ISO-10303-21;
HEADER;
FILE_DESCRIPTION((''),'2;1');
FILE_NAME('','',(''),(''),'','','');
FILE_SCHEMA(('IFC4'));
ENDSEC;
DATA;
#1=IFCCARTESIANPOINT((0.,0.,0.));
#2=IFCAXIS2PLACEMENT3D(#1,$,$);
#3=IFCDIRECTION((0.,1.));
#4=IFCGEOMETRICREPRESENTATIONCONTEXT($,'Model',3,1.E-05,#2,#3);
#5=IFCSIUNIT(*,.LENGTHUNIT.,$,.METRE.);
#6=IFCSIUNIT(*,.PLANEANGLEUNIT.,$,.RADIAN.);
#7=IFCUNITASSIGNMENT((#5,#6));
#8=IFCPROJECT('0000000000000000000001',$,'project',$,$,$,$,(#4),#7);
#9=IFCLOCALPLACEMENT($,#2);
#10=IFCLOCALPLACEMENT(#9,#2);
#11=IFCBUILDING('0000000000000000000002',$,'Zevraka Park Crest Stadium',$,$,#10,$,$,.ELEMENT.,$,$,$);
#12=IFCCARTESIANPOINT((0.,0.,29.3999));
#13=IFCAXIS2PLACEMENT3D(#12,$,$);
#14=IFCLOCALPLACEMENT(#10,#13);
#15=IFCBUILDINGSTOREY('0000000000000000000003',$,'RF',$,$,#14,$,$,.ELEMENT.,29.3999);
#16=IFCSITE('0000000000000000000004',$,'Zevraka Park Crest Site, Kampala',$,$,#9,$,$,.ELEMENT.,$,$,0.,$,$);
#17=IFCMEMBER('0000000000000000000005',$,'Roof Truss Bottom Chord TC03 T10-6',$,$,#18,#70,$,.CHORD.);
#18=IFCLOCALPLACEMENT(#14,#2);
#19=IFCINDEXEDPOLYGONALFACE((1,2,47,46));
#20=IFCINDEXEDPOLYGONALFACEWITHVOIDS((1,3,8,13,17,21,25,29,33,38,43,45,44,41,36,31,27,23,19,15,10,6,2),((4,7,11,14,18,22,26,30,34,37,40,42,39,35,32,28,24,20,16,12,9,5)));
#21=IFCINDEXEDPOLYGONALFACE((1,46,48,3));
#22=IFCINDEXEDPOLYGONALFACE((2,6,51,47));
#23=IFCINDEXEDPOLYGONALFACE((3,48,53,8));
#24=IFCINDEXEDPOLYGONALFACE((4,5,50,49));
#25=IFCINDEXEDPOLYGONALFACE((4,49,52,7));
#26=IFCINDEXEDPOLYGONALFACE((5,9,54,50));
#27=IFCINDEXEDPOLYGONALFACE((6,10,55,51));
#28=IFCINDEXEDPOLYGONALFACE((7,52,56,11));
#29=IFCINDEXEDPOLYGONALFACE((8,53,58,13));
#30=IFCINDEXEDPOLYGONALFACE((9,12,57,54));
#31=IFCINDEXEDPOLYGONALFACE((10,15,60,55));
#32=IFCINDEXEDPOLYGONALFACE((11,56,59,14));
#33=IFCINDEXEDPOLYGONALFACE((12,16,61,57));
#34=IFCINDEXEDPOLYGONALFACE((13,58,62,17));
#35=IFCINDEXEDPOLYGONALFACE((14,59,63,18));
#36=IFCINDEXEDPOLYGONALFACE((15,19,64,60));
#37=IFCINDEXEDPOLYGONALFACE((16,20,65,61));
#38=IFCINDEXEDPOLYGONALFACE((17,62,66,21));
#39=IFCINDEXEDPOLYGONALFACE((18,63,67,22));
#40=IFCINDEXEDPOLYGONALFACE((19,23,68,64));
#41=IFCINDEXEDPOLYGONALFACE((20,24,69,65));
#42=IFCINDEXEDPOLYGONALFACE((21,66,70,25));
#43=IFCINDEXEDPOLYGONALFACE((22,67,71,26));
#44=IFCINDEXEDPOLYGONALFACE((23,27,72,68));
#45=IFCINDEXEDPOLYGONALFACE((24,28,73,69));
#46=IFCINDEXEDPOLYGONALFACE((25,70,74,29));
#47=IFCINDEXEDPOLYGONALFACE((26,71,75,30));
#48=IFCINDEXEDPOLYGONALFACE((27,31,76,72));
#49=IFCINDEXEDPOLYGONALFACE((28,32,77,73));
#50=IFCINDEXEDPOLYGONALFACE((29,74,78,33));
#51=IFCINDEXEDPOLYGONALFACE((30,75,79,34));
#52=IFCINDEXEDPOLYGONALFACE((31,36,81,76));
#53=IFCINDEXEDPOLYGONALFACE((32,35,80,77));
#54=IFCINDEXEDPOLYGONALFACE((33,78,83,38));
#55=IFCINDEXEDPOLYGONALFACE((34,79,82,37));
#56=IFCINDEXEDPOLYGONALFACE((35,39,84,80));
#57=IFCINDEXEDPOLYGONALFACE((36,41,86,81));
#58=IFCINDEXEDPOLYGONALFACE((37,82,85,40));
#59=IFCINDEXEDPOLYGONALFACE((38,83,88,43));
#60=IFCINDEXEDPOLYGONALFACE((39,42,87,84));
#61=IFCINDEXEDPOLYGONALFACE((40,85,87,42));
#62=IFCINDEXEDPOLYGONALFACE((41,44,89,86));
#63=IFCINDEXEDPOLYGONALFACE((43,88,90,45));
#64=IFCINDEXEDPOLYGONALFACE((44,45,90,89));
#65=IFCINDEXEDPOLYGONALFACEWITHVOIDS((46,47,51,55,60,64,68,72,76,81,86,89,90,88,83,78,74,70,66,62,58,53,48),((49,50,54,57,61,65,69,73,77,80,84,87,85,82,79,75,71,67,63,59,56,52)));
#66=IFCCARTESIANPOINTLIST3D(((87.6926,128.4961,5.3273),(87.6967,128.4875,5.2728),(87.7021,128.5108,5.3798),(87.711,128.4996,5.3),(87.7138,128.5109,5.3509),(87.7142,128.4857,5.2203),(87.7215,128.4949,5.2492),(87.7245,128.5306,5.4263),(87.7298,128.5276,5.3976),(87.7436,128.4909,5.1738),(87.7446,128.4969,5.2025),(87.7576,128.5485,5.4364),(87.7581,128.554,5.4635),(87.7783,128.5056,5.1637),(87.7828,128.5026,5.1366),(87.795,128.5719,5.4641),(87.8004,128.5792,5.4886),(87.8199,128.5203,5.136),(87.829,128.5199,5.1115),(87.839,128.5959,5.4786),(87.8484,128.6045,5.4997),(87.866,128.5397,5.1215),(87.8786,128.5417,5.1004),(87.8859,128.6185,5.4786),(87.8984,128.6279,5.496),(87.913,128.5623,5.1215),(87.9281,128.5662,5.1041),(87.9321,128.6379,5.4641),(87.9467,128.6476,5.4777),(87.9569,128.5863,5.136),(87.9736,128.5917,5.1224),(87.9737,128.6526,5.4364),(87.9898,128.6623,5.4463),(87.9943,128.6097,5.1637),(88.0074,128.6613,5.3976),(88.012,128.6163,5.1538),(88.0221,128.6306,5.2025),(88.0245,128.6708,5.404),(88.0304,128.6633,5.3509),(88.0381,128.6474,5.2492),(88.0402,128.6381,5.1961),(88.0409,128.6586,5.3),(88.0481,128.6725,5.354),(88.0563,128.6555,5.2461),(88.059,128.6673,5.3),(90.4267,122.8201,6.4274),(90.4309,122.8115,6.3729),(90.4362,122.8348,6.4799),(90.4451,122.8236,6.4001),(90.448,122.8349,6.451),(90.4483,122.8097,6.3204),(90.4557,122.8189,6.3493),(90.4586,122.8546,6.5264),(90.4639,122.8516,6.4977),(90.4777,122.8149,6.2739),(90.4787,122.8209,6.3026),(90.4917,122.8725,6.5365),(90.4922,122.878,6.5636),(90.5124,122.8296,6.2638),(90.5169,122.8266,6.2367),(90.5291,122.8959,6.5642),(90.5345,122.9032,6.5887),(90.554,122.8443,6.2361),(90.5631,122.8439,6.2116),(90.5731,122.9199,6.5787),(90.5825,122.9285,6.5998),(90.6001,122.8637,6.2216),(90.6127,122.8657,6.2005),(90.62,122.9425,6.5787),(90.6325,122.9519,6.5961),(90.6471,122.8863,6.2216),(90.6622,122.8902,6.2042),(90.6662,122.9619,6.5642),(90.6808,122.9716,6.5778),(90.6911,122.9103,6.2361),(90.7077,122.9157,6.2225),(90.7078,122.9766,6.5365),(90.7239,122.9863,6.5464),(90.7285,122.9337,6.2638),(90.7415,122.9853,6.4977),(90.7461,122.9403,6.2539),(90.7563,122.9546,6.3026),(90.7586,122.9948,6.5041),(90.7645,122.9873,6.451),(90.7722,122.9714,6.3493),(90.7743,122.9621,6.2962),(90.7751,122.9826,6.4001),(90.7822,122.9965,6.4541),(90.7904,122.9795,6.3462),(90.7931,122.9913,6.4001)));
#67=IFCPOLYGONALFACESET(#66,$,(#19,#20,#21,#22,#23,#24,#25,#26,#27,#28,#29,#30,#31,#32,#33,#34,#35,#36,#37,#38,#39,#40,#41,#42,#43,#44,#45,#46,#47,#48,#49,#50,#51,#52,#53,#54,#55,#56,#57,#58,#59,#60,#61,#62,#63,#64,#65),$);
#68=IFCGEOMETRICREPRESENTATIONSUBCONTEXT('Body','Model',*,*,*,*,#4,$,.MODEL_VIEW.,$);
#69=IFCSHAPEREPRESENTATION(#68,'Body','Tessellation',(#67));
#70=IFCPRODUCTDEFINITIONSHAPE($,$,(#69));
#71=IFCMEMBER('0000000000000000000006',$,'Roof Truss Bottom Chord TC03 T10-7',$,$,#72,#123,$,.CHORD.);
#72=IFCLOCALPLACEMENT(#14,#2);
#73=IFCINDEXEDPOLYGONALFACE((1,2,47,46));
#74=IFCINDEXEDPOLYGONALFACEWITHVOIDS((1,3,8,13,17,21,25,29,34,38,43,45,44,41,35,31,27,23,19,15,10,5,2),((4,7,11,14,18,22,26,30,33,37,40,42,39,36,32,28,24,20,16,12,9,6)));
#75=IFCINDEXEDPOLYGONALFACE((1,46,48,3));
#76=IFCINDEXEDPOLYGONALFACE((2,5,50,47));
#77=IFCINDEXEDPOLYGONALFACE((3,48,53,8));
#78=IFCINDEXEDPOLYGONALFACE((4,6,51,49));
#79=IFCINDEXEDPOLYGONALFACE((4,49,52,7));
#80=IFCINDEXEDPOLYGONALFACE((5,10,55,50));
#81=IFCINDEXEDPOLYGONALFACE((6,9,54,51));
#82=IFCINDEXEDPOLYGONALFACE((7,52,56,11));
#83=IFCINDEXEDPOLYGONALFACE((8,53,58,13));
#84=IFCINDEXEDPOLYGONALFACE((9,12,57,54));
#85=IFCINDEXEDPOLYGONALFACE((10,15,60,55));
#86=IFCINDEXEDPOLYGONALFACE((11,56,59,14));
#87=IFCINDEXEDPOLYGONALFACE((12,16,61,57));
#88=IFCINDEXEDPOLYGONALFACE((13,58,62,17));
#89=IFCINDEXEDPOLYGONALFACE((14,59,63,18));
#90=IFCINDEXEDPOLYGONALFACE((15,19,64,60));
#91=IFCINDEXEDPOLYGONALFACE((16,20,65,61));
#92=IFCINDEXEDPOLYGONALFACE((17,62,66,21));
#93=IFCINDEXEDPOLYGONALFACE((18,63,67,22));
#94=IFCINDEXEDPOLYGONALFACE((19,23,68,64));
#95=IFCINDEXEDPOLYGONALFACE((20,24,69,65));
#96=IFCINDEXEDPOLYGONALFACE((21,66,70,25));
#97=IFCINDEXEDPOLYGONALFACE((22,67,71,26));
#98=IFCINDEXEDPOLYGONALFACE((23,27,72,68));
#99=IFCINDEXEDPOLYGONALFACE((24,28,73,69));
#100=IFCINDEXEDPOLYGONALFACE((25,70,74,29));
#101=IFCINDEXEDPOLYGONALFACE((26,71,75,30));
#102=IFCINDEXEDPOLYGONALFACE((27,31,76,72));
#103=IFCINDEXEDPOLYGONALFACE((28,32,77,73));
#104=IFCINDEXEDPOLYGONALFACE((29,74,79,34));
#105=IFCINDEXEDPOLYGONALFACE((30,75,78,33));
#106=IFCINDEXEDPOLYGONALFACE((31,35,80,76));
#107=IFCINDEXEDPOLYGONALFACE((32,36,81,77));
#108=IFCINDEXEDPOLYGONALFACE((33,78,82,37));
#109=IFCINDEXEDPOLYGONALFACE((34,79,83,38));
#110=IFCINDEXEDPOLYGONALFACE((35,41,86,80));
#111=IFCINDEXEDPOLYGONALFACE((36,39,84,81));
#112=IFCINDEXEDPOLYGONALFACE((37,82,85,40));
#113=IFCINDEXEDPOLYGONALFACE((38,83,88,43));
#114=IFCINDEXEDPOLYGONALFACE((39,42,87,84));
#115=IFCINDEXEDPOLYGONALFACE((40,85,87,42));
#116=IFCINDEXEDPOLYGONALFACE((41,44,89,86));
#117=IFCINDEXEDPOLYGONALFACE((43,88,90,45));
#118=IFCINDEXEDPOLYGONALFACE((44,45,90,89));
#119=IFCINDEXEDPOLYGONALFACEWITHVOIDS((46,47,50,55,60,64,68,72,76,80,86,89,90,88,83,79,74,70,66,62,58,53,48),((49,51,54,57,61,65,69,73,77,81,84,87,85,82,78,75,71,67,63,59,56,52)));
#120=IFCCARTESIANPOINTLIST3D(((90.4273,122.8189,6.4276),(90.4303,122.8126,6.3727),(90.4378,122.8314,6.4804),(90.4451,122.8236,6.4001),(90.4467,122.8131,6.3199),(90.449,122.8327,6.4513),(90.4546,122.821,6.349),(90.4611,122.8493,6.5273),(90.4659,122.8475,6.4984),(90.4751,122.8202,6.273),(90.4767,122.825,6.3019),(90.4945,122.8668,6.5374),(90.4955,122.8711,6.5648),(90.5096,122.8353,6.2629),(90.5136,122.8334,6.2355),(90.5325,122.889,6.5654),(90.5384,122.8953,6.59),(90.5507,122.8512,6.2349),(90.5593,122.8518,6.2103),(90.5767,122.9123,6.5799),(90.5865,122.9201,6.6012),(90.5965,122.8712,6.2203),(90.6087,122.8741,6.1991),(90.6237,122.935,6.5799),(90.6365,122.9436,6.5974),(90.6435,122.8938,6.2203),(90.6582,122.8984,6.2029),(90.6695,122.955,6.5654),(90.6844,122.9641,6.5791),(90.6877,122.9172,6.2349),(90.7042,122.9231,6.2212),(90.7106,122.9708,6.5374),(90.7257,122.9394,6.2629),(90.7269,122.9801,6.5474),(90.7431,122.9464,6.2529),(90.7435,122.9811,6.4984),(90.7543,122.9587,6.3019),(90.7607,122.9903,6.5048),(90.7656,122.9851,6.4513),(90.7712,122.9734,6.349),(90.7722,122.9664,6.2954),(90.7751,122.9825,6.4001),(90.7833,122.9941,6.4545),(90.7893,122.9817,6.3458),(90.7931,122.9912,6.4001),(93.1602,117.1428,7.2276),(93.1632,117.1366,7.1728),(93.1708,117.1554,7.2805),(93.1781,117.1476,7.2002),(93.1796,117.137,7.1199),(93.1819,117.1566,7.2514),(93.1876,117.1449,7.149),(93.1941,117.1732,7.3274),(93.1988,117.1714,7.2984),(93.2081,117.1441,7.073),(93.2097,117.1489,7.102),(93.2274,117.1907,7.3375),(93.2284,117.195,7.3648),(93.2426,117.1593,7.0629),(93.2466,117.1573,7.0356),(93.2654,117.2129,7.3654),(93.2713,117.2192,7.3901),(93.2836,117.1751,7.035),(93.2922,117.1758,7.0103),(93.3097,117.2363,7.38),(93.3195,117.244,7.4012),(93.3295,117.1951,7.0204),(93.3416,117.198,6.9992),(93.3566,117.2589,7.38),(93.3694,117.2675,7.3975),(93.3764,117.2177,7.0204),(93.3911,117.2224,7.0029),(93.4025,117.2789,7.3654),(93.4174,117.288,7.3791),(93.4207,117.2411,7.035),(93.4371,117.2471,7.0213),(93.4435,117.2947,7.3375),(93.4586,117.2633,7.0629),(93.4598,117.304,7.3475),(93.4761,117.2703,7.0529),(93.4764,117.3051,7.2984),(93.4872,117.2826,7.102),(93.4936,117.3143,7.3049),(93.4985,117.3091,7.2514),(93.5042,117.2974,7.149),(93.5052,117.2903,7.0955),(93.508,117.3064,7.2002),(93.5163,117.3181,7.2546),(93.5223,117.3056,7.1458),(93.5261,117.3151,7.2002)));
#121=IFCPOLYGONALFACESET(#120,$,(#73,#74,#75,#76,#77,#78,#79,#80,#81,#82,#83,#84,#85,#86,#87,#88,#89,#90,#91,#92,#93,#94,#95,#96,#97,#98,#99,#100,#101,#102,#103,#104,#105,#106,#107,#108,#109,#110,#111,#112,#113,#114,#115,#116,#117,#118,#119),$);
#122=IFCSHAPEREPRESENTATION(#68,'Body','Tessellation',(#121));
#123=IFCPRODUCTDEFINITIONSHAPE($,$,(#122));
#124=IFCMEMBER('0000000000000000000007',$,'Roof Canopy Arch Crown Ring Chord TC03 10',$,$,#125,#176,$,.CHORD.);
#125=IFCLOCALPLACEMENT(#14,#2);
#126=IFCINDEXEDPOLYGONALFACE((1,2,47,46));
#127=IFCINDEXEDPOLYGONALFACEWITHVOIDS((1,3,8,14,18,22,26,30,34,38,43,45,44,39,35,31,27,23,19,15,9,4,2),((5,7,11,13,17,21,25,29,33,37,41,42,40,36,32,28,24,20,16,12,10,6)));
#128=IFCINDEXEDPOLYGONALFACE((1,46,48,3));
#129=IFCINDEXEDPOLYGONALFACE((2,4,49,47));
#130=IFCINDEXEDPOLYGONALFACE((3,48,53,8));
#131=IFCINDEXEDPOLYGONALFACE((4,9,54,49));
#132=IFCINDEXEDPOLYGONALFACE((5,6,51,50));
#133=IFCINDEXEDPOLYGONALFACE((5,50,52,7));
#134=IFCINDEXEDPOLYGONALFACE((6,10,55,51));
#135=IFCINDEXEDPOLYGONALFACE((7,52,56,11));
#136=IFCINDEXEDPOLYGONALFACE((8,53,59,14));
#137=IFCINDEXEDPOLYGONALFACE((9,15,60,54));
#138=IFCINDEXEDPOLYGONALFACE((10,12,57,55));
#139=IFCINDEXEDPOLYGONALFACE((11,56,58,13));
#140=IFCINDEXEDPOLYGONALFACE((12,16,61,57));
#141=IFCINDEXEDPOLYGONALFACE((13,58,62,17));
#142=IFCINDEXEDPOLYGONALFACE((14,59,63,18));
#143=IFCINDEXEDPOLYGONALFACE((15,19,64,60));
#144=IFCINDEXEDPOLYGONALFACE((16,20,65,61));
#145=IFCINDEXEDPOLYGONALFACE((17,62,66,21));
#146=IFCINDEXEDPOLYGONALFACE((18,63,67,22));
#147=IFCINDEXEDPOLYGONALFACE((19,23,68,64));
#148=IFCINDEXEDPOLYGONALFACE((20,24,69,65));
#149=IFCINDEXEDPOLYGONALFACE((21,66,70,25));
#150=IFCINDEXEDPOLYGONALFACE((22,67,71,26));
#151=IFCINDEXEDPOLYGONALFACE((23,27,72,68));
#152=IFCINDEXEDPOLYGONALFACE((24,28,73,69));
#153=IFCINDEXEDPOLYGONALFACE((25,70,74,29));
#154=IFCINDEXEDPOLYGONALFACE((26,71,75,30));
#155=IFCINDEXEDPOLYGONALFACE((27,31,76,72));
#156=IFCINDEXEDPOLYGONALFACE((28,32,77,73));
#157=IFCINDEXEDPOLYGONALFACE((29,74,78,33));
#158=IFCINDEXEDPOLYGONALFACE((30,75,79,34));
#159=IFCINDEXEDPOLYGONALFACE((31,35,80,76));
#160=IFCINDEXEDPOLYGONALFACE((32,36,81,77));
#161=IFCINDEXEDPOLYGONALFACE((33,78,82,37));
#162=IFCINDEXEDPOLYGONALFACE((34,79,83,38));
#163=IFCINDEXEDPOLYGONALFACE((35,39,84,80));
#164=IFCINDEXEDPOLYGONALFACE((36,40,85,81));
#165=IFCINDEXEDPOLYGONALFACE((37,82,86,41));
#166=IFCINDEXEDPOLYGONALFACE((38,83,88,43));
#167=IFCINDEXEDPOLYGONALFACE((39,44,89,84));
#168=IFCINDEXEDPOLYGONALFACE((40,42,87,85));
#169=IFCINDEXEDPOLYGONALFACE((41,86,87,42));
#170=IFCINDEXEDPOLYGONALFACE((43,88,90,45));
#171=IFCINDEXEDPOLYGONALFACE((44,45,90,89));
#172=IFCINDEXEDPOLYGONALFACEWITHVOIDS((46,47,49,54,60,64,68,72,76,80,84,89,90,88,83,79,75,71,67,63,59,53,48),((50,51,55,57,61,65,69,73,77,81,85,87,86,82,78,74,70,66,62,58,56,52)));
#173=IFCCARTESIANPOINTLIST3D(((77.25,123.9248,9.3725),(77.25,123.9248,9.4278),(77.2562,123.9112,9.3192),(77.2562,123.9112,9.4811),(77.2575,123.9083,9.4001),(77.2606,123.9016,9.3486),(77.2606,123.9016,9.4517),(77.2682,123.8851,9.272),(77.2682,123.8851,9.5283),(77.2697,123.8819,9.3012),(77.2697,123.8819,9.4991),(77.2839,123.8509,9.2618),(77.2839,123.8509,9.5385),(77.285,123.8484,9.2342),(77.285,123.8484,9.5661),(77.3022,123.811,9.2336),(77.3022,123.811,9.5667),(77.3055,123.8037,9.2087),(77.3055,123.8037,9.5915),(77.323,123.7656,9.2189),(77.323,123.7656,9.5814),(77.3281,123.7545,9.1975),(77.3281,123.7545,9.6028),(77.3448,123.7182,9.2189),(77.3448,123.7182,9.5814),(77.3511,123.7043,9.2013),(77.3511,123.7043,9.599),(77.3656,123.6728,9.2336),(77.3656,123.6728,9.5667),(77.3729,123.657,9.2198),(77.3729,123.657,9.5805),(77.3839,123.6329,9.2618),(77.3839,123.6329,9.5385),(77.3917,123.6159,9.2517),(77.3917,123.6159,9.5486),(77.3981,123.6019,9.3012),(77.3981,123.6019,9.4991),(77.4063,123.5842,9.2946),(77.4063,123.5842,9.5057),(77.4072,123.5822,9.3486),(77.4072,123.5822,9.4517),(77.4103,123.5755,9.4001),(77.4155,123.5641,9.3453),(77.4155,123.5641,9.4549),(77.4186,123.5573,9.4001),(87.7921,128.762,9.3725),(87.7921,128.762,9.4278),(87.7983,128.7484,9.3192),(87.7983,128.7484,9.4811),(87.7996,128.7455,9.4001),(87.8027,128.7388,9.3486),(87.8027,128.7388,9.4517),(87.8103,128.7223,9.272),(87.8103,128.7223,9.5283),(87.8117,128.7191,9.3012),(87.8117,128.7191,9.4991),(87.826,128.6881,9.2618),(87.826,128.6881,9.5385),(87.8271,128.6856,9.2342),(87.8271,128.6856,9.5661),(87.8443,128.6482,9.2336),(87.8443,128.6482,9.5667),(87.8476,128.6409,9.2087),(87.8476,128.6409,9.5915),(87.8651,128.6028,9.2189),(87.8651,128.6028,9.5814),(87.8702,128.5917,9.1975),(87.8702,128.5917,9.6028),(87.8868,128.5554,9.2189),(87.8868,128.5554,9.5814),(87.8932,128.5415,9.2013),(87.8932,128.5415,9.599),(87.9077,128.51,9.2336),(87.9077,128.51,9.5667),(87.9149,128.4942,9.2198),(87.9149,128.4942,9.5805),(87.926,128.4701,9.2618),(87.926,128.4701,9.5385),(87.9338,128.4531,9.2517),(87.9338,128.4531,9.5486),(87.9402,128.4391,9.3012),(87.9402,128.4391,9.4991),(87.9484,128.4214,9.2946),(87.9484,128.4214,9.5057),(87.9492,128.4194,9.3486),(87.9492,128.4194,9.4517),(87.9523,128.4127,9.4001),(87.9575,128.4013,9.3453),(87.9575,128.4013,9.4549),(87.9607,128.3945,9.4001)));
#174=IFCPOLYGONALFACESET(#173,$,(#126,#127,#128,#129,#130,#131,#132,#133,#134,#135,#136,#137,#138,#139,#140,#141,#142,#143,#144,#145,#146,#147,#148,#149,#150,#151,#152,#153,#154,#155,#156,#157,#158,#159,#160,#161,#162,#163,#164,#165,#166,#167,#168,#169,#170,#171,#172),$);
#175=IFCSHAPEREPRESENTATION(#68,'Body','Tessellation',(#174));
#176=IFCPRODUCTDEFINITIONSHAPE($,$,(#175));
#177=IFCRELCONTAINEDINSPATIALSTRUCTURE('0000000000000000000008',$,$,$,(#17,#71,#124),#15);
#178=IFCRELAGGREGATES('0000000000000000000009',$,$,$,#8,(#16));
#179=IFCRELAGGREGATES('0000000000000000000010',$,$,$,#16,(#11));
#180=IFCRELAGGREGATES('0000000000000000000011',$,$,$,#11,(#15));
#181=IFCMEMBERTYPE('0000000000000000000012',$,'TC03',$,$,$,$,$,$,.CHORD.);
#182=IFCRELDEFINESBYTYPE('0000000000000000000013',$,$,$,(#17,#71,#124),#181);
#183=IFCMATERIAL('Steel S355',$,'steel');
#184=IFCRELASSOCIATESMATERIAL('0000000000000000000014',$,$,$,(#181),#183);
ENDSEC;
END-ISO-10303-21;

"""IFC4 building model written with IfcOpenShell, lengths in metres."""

from ifc_helpers import new_model, si_unit, direction, frame, origin, origin_2d, place, context, subcontext, project, spatial, hollow_circle, extrude, material, material_profile, profile_set, type_object, element, save


model = new_model("IFC4")

# Units and contexts
model_context = context("Model", 3, precision=1e-05, world=origin(), true_north=direction((0.0, 1.0)))
body_context = subcontext(model_context, "Body", "Model", "MODEL_VIEW")
ifc_project = project(units=[si_unit("LENGTHUNIT", "METRE"), si_unit("PLANEANGLEUNIT", "RADIAN")], contexts=[model_context])

# Site, building, storey
site_placement = place(None, origin())
site = spatial("IfcSite", under=ifc_project, at=site_placement, Name="Zevraka Park Crest Site, Kampala", CompositionType="ELEMENT", RefElevation=0.0)
building_placement = place(site_placement, origin())
building = spatial("IfcBuilding", under=site, at=building_placement, Name="Zevraka Park Crest Stadium", CompositionType="ELEMENT")
storey_placement = place(building_placement, frame((0.0, 0.0, 29.3999)))
storey = spatial("IfcBuildingStorey", under=building, at=storey_placement, Name="RF", CompositionType="ELEMENT", Elevation=29.3999)

# Members
ifc_material_1 = material(Name="Steel S355", Category="steel")
ifc_material_profile_1 = material_profile(ifc_material_1, hollow_circle(Radius=0.2031, WallThickness=0.02, at=origin_2d()), Name="CHS 406.4x20")
ifc_profile_set_1 = profile_set([ifc_material_profile_1], Name="Steel S355")
member_type_1 = type_object("IfcMemberType", Name="TC03", PredefinedType="CHORD", material=ifc_profile_set_1)
member_1_placement = place(storey_placement, frame((87.876, 128.5791, 5.3), z_axis=(0.427506, -0.887497, 0.17201), x_axis=(0.900925, 0.433974, 0.0)))
element("IfcMember", 1, at=member_1_placement, inside=storey, type_object=member_type_1, Name="Roof Truss Bottom Chord TC03 T10-6", PredefinedType="CHORD", context=body_context, shape_type="SweptSolid", body=[
    extrude(hollow_circle(Radius=0.2031, WallThickness=0.02, at=origin_2d()), origin(), (0.0, 0.0, 1.0), 6.3955),
])
member_2_placement = place(storey_placement, frame((90.6101, 122.9031, 6.4001), z_axis=(0.43036, -0.893822, 0.125986), x_axis=(0.901001, 0.433817, 0.0)))
element("IfcMember", 2, at=member_2_placement, inside=storey, type_object=member_type_1, Name="Roof Truss Bottom Chord TC03 T10-7", PredefinedType="CHORD", context=body_context, shape_type="SweptSolid", body=[
    extrude(hollow_circle(Radius=0.2031, WallThickness=0.02, at=origin_2d()), origin(), (0.0, 0.0, 1.0), 6.3503),
])
member_3_placement = place(storey_placement, frame((87.876, 128.5791, 9.4001), z_axis=(-0.908888, -0.41704, 0.0), x_axis=(0.41704, -0.908888, 0.0)))
element("IfcMember", 3, at=member_3_placement, inside=storey, type_object=member_type_1, Name="Roof Canopy Arch Crown Ring Chord TC03 10", PredefinedType="CHORD", context=body_context, shape_type="SweptSolid", body=[
    extrude(hollow_circle(Radius=0.2031, WallThickness=0.02, at=origin_2d()), origin(), (0.0, 0.0, 1.0), 11.5989),
])

save(model, "model.ifc")
